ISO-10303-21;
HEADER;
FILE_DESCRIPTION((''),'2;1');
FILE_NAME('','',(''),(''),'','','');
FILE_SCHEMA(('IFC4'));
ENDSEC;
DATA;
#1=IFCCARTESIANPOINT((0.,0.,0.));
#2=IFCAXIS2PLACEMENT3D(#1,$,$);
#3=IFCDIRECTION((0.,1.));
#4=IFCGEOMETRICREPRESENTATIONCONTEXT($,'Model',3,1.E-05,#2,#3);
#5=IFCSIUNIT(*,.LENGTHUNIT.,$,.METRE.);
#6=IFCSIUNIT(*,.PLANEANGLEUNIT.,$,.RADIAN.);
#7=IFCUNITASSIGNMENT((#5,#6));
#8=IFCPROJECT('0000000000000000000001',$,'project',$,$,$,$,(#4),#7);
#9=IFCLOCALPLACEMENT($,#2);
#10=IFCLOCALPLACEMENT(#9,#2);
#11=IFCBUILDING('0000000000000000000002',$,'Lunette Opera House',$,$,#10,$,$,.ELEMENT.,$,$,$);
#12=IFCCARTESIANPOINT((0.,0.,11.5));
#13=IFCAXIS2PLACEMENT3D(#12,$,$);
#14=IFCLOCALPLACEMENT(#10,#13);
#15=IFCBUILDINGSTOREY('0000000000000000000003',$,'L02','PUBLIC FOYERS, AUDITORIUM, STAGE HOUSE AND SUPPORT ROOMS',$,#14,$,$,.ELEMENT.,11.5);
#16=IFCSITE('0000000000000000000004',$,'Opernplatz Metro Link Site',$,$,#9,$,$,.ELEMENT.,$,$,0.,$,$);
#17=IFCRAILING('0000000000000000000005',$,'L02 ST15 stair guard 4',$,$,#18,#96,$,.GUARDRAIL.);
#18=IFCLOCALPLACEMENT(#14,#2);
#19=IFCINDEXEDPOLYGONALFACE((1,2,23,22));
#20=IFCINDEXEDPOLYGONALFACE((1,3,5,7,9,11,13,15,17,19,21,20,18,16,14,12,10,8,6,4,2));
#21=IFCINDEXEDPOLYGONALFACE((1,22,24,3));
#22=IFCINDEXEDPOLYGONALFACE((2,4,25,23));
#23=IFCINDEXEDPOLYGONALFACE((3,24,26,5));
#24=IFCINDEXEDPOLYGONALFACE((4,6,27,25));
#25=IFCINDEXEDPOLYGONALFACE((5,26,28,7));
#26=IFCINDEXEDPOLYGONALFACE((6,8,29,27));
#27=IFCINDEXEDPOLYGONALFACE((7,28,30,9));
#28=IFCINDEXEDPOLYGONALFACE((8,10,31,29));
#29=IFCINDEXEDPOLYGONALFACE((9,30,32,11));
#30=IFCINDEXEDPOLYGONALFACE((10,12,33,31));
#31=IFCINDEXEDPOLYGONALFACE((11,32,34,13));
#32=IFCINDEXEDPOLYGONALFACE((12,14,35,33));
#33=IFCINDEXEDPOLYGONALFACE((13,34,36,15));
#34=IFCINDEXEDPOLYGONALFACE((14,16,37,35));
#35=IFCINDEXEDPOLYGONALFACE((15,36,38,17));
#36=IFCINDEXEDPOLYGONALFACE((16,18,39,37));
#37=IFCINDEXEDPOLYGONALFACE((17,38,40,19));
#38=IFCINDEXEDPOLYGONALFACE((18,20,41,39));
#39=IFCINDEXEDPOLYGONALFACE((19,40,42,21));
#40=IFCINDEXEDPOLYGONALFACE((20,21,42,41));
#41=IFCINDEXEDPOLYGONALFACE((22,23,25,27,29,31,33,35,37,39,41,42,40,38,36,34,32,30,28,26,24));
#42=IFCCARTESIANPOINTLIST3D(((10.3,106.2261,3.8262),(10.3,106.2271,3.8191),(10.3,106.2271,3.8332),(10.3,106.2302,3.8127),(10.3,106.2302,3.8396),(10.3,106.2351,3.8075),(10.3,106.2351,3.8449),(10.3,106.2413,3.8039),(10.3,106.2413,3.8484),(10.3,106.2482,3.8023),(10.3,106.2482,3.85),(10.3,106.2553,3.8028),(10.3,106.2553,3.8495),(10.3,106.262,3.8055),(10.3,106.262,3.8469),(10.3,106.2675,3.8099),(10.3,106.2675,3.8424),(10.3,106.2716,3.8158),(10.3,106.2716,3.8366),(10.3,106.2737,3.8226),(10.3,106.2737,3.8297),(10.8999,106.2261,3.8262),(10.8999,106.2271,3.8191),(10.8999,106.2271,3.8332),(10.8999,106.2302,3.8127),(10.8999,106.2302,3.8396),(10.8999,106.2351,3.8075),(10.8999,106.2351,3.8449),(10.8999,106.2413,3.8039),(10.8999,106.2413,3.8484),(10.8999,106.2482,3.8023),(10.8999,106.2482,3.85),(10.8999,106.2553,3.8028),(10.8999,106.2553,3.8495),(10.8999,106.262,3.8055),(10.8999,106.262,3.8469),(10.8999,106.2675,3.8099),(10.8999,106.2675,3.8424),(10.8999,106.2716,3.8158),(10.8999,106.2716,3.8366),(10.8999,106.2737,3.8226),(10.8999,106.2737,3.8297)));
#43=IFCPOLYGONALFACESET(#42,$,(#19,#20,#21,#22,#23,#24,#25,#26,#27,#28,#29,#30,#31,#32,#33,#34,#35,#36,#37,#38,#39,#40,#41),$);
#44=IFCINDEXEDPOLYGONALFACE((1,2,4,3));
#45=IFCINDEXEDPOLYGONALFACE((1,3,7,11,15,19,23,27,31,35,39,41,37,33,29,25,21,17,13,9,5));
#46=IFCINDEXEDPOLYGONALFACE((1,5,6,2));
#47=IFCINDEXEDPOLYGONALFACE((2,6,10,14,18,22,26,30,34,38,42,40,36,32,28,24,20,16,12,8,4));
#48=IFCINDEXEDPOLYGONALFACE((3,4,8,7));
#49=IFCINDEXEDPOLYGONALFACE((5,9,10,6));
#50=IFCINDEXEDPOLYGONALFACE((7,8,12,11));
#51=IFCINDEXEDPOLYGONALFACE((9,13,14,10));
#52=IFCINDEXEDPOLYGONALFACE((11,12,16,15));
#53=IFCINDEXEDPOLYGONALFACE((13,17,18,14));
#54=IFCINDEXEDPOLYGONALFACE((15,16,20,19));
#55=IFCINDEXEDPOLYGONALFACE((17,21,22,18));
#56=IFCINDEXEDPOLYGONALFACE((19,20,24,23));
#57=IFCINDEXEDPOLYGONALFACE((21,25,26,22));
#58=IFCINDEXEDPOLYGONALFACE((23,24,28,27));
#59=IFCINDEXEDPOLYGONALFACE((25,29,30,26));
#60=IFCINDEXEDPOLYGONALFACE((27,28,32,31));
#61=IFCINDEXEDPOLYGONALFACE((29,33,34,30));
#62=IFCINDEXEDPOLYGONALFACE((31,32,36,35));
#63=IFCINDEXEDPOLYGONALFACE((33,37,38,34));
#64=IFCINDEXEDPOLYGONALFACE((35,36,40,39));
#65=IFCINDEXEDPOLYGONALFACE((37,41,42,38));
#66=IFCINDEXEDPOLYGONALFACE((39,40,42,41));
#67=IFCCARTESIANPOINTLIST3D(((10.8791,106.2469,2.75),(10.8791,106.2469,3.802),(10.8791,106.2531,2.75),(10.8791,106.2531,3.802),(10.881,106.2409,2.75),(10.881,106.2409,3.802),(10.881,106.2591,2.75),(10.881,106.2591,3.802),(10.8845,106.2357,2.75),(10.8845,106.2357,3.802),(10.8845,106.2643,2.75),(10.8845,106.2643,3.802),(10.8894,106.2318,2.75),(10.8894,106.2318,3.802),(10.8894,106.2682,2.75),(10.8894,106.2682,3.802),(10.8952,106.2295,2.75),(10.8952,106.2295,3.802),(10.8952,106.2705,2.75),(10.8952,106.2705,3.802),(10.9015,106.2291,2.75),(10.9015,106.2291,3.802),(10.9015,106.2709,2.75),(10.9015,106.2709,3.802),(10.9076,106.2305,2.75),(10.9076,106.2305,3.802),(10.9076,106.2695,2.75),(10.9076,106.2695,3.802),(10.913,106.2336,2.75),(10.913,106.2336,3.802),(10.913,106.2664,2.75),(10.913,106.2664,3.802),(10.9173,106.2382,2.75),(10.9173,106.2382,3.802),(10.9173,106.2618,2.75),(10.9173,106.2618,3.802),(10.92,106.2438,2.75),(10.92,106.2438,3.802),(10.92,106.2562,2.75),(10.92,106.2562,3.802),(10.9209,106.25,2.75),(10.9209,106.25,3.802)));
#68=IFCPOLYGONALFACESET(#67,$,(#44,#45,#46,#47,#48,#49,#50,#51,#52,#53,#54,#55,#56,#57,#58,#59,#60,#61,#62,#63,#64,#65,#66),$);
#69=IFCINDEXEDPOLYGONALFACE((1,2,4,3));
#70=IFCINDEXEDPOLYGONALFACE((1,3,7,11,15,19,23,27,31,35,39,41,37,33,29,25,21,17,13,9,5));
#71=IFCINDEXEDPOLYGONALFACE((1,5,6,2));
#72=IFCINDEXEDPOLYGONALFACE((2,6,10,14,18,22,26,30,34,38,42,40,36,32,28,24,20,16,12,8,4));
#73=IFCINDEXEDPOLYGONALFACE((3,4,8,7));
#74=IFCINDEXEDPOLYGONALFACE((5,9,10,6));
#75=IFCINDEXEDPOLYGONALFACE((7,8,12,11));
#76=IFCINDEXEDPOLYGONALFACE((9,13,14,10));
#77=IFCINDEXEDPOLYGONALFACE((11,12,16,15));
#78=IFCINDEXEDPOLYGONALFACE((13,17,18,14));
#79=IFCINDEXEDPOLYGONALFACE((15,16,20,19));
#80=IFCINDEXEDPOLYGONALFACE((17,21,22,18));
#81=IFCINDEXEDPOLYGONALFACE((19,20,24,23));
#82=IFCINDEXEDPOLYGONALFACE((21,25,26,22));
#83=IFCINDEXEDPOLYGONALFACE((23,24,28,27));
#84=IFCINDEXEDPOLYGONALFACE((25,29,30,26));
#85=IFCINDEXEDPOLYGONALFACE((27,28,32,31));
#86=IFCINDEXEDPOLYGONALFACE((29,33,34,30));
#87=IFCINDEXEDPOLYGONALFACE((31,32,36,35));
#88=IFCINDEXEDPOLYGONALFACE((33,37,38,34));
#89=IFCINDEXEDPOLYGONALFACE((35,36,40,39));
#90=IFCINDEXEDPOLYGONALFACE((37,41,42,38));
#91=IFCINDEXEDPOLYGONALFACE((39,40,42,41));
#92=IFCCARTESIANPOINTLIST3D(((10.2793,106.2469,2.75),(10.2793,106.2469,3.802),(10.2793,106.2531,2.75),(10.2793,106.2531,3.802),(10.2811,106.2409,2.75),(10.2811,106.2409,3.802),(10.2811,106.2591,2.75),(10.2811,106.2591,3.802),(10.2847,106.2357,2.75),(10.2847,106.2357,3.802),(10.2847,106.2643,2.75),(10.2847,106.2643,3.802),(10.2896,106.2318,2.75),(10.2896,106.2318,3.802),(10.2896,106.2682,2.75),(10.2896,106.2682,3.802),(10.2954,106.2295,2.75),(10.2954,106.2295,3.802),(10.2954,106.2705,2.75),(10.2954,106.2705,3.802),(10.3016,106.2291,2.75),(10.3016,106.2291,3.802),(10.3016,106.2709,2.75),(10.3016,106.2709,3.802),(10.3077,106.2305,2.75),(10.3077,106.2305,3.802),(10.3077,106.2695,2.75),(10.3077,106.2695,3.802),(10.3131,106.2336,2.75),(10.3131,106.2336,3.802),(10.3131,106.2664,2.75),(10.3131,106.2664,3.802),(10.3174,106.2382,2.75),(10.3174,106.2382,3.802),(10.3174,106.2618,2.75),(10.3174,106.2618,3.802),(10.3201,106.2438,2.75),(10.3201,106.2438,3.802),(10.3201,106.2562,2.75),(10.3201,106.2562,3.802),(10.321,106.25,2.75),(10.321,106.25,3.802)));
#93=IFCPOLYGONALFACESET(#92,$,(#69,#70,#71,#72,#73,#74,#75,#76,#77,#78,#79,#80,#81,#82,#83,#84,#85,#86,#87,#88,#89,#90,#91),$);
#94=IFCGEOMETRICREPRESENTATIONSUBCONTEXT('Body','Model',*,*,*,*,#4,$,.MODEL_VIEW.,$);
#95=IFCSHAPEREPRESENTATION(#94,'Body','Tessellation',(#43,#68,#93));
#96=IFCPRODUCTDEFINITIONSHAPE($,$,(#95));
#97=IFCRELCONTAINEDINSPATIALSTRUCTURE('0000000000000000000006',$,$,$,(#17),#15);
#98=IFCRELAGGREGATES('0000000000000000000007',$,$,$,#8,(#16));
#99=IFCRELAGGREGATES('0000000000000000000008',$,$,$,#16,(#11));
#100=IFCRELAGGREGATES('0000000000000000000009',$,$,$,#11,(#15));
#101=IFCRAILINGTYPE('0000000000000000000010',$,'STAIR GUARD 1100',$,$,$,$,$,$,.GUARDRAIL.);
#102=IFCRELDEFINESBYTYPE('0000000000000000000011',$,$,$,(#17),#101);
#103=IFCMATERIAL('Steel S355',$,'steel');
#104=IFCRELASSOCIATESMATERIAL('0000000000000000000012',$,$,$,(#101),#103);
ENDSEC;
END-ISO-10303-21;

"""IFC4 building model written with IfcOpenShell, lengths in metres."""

from ifc_helpers import new_model, si_unit, direction, frame, origin, origin_2d, place, context, subcontext, project, spatial, circle, extrude, material, type_object, element, save


model = new_model("IFC4")

# Units and contexts
model_context = context("Model", 3, precision=1e-05, world=origin(), true_north=direction((0.0, 1.0)))
body_context = subcontext(model_context, "Body", "Model", "MODEL_VIEW")
ifc_project = project(units=[si_unit("LENGTHUNIT", "METRE"), si_unit("PLANEANGLEUNIT", "RADIAN")], contexts=[model_context])

# Site, building, storey
site_placement = place(None, origin())
site = spatial("IfcSite", under=ifc_project, at=site_placement, Name="Opernplatz Metro Link Site", CompositionType="ELEMENT", RefElevation=0.0)
building_placement = place(site_placement, origin())
building = spatial("IfcBuilding", under=site, at=building_placement, Name="Lunette Opera House", CompositionType="ELEMENT")
storey_placement = place(building_placement, frame((0.0, 0.0, 11.5)))
storey = spatial("IfcBuildingStorey", under=building, at=storey_placement, Name="L02", Description="PUBLIC FOYERS, AUDITORIUM, STAGE HOUSE AND SUPPORT ROOMS", CompositionType="ELEMENT", Elevation=11.5)

# Railing
ifc_material_1 = material(Name="Steel S355", Category="steel")
railing_type_1 = type_object("IfcRailingType", Name="STAIR GUARD 1100", PredefinedType="GUARDRAIL", material=ifc_material_1)
railing_1_placement = place(storey_placement, frame((10.8999, 106.25, 2.75)))
element("IfcRailing", 1, at=railing_1_placement, inside=storey, type_object=railing_type_1, Name="L02 ST15 stair guard 4", PredefinedType="GUARDRAIL", context=body_context, shape_type="SweptSolid", body=[
    extrude(circle(Radius=0.0239, at=origin_2d()), frame((0.0, 0.0, 1.0762), z_axis=(-1.0, 0.0, 0.0), x_axis=(0.0, -1.0, 0.0)), (0.0, 0.0, 1.0), 0.5999),
    extrude(circle(Radius=0.021, at=origin_2d()), origin(), (0.0, 0.0, 1.0), 1.052),
    extrude(circle(Radius=0.021, at=origin_2d()), frame((-0.5999, 0.0, 0.0)), (0.0, 0.0, 1.0), 1.052),
])

save(model, "model.ifc")
